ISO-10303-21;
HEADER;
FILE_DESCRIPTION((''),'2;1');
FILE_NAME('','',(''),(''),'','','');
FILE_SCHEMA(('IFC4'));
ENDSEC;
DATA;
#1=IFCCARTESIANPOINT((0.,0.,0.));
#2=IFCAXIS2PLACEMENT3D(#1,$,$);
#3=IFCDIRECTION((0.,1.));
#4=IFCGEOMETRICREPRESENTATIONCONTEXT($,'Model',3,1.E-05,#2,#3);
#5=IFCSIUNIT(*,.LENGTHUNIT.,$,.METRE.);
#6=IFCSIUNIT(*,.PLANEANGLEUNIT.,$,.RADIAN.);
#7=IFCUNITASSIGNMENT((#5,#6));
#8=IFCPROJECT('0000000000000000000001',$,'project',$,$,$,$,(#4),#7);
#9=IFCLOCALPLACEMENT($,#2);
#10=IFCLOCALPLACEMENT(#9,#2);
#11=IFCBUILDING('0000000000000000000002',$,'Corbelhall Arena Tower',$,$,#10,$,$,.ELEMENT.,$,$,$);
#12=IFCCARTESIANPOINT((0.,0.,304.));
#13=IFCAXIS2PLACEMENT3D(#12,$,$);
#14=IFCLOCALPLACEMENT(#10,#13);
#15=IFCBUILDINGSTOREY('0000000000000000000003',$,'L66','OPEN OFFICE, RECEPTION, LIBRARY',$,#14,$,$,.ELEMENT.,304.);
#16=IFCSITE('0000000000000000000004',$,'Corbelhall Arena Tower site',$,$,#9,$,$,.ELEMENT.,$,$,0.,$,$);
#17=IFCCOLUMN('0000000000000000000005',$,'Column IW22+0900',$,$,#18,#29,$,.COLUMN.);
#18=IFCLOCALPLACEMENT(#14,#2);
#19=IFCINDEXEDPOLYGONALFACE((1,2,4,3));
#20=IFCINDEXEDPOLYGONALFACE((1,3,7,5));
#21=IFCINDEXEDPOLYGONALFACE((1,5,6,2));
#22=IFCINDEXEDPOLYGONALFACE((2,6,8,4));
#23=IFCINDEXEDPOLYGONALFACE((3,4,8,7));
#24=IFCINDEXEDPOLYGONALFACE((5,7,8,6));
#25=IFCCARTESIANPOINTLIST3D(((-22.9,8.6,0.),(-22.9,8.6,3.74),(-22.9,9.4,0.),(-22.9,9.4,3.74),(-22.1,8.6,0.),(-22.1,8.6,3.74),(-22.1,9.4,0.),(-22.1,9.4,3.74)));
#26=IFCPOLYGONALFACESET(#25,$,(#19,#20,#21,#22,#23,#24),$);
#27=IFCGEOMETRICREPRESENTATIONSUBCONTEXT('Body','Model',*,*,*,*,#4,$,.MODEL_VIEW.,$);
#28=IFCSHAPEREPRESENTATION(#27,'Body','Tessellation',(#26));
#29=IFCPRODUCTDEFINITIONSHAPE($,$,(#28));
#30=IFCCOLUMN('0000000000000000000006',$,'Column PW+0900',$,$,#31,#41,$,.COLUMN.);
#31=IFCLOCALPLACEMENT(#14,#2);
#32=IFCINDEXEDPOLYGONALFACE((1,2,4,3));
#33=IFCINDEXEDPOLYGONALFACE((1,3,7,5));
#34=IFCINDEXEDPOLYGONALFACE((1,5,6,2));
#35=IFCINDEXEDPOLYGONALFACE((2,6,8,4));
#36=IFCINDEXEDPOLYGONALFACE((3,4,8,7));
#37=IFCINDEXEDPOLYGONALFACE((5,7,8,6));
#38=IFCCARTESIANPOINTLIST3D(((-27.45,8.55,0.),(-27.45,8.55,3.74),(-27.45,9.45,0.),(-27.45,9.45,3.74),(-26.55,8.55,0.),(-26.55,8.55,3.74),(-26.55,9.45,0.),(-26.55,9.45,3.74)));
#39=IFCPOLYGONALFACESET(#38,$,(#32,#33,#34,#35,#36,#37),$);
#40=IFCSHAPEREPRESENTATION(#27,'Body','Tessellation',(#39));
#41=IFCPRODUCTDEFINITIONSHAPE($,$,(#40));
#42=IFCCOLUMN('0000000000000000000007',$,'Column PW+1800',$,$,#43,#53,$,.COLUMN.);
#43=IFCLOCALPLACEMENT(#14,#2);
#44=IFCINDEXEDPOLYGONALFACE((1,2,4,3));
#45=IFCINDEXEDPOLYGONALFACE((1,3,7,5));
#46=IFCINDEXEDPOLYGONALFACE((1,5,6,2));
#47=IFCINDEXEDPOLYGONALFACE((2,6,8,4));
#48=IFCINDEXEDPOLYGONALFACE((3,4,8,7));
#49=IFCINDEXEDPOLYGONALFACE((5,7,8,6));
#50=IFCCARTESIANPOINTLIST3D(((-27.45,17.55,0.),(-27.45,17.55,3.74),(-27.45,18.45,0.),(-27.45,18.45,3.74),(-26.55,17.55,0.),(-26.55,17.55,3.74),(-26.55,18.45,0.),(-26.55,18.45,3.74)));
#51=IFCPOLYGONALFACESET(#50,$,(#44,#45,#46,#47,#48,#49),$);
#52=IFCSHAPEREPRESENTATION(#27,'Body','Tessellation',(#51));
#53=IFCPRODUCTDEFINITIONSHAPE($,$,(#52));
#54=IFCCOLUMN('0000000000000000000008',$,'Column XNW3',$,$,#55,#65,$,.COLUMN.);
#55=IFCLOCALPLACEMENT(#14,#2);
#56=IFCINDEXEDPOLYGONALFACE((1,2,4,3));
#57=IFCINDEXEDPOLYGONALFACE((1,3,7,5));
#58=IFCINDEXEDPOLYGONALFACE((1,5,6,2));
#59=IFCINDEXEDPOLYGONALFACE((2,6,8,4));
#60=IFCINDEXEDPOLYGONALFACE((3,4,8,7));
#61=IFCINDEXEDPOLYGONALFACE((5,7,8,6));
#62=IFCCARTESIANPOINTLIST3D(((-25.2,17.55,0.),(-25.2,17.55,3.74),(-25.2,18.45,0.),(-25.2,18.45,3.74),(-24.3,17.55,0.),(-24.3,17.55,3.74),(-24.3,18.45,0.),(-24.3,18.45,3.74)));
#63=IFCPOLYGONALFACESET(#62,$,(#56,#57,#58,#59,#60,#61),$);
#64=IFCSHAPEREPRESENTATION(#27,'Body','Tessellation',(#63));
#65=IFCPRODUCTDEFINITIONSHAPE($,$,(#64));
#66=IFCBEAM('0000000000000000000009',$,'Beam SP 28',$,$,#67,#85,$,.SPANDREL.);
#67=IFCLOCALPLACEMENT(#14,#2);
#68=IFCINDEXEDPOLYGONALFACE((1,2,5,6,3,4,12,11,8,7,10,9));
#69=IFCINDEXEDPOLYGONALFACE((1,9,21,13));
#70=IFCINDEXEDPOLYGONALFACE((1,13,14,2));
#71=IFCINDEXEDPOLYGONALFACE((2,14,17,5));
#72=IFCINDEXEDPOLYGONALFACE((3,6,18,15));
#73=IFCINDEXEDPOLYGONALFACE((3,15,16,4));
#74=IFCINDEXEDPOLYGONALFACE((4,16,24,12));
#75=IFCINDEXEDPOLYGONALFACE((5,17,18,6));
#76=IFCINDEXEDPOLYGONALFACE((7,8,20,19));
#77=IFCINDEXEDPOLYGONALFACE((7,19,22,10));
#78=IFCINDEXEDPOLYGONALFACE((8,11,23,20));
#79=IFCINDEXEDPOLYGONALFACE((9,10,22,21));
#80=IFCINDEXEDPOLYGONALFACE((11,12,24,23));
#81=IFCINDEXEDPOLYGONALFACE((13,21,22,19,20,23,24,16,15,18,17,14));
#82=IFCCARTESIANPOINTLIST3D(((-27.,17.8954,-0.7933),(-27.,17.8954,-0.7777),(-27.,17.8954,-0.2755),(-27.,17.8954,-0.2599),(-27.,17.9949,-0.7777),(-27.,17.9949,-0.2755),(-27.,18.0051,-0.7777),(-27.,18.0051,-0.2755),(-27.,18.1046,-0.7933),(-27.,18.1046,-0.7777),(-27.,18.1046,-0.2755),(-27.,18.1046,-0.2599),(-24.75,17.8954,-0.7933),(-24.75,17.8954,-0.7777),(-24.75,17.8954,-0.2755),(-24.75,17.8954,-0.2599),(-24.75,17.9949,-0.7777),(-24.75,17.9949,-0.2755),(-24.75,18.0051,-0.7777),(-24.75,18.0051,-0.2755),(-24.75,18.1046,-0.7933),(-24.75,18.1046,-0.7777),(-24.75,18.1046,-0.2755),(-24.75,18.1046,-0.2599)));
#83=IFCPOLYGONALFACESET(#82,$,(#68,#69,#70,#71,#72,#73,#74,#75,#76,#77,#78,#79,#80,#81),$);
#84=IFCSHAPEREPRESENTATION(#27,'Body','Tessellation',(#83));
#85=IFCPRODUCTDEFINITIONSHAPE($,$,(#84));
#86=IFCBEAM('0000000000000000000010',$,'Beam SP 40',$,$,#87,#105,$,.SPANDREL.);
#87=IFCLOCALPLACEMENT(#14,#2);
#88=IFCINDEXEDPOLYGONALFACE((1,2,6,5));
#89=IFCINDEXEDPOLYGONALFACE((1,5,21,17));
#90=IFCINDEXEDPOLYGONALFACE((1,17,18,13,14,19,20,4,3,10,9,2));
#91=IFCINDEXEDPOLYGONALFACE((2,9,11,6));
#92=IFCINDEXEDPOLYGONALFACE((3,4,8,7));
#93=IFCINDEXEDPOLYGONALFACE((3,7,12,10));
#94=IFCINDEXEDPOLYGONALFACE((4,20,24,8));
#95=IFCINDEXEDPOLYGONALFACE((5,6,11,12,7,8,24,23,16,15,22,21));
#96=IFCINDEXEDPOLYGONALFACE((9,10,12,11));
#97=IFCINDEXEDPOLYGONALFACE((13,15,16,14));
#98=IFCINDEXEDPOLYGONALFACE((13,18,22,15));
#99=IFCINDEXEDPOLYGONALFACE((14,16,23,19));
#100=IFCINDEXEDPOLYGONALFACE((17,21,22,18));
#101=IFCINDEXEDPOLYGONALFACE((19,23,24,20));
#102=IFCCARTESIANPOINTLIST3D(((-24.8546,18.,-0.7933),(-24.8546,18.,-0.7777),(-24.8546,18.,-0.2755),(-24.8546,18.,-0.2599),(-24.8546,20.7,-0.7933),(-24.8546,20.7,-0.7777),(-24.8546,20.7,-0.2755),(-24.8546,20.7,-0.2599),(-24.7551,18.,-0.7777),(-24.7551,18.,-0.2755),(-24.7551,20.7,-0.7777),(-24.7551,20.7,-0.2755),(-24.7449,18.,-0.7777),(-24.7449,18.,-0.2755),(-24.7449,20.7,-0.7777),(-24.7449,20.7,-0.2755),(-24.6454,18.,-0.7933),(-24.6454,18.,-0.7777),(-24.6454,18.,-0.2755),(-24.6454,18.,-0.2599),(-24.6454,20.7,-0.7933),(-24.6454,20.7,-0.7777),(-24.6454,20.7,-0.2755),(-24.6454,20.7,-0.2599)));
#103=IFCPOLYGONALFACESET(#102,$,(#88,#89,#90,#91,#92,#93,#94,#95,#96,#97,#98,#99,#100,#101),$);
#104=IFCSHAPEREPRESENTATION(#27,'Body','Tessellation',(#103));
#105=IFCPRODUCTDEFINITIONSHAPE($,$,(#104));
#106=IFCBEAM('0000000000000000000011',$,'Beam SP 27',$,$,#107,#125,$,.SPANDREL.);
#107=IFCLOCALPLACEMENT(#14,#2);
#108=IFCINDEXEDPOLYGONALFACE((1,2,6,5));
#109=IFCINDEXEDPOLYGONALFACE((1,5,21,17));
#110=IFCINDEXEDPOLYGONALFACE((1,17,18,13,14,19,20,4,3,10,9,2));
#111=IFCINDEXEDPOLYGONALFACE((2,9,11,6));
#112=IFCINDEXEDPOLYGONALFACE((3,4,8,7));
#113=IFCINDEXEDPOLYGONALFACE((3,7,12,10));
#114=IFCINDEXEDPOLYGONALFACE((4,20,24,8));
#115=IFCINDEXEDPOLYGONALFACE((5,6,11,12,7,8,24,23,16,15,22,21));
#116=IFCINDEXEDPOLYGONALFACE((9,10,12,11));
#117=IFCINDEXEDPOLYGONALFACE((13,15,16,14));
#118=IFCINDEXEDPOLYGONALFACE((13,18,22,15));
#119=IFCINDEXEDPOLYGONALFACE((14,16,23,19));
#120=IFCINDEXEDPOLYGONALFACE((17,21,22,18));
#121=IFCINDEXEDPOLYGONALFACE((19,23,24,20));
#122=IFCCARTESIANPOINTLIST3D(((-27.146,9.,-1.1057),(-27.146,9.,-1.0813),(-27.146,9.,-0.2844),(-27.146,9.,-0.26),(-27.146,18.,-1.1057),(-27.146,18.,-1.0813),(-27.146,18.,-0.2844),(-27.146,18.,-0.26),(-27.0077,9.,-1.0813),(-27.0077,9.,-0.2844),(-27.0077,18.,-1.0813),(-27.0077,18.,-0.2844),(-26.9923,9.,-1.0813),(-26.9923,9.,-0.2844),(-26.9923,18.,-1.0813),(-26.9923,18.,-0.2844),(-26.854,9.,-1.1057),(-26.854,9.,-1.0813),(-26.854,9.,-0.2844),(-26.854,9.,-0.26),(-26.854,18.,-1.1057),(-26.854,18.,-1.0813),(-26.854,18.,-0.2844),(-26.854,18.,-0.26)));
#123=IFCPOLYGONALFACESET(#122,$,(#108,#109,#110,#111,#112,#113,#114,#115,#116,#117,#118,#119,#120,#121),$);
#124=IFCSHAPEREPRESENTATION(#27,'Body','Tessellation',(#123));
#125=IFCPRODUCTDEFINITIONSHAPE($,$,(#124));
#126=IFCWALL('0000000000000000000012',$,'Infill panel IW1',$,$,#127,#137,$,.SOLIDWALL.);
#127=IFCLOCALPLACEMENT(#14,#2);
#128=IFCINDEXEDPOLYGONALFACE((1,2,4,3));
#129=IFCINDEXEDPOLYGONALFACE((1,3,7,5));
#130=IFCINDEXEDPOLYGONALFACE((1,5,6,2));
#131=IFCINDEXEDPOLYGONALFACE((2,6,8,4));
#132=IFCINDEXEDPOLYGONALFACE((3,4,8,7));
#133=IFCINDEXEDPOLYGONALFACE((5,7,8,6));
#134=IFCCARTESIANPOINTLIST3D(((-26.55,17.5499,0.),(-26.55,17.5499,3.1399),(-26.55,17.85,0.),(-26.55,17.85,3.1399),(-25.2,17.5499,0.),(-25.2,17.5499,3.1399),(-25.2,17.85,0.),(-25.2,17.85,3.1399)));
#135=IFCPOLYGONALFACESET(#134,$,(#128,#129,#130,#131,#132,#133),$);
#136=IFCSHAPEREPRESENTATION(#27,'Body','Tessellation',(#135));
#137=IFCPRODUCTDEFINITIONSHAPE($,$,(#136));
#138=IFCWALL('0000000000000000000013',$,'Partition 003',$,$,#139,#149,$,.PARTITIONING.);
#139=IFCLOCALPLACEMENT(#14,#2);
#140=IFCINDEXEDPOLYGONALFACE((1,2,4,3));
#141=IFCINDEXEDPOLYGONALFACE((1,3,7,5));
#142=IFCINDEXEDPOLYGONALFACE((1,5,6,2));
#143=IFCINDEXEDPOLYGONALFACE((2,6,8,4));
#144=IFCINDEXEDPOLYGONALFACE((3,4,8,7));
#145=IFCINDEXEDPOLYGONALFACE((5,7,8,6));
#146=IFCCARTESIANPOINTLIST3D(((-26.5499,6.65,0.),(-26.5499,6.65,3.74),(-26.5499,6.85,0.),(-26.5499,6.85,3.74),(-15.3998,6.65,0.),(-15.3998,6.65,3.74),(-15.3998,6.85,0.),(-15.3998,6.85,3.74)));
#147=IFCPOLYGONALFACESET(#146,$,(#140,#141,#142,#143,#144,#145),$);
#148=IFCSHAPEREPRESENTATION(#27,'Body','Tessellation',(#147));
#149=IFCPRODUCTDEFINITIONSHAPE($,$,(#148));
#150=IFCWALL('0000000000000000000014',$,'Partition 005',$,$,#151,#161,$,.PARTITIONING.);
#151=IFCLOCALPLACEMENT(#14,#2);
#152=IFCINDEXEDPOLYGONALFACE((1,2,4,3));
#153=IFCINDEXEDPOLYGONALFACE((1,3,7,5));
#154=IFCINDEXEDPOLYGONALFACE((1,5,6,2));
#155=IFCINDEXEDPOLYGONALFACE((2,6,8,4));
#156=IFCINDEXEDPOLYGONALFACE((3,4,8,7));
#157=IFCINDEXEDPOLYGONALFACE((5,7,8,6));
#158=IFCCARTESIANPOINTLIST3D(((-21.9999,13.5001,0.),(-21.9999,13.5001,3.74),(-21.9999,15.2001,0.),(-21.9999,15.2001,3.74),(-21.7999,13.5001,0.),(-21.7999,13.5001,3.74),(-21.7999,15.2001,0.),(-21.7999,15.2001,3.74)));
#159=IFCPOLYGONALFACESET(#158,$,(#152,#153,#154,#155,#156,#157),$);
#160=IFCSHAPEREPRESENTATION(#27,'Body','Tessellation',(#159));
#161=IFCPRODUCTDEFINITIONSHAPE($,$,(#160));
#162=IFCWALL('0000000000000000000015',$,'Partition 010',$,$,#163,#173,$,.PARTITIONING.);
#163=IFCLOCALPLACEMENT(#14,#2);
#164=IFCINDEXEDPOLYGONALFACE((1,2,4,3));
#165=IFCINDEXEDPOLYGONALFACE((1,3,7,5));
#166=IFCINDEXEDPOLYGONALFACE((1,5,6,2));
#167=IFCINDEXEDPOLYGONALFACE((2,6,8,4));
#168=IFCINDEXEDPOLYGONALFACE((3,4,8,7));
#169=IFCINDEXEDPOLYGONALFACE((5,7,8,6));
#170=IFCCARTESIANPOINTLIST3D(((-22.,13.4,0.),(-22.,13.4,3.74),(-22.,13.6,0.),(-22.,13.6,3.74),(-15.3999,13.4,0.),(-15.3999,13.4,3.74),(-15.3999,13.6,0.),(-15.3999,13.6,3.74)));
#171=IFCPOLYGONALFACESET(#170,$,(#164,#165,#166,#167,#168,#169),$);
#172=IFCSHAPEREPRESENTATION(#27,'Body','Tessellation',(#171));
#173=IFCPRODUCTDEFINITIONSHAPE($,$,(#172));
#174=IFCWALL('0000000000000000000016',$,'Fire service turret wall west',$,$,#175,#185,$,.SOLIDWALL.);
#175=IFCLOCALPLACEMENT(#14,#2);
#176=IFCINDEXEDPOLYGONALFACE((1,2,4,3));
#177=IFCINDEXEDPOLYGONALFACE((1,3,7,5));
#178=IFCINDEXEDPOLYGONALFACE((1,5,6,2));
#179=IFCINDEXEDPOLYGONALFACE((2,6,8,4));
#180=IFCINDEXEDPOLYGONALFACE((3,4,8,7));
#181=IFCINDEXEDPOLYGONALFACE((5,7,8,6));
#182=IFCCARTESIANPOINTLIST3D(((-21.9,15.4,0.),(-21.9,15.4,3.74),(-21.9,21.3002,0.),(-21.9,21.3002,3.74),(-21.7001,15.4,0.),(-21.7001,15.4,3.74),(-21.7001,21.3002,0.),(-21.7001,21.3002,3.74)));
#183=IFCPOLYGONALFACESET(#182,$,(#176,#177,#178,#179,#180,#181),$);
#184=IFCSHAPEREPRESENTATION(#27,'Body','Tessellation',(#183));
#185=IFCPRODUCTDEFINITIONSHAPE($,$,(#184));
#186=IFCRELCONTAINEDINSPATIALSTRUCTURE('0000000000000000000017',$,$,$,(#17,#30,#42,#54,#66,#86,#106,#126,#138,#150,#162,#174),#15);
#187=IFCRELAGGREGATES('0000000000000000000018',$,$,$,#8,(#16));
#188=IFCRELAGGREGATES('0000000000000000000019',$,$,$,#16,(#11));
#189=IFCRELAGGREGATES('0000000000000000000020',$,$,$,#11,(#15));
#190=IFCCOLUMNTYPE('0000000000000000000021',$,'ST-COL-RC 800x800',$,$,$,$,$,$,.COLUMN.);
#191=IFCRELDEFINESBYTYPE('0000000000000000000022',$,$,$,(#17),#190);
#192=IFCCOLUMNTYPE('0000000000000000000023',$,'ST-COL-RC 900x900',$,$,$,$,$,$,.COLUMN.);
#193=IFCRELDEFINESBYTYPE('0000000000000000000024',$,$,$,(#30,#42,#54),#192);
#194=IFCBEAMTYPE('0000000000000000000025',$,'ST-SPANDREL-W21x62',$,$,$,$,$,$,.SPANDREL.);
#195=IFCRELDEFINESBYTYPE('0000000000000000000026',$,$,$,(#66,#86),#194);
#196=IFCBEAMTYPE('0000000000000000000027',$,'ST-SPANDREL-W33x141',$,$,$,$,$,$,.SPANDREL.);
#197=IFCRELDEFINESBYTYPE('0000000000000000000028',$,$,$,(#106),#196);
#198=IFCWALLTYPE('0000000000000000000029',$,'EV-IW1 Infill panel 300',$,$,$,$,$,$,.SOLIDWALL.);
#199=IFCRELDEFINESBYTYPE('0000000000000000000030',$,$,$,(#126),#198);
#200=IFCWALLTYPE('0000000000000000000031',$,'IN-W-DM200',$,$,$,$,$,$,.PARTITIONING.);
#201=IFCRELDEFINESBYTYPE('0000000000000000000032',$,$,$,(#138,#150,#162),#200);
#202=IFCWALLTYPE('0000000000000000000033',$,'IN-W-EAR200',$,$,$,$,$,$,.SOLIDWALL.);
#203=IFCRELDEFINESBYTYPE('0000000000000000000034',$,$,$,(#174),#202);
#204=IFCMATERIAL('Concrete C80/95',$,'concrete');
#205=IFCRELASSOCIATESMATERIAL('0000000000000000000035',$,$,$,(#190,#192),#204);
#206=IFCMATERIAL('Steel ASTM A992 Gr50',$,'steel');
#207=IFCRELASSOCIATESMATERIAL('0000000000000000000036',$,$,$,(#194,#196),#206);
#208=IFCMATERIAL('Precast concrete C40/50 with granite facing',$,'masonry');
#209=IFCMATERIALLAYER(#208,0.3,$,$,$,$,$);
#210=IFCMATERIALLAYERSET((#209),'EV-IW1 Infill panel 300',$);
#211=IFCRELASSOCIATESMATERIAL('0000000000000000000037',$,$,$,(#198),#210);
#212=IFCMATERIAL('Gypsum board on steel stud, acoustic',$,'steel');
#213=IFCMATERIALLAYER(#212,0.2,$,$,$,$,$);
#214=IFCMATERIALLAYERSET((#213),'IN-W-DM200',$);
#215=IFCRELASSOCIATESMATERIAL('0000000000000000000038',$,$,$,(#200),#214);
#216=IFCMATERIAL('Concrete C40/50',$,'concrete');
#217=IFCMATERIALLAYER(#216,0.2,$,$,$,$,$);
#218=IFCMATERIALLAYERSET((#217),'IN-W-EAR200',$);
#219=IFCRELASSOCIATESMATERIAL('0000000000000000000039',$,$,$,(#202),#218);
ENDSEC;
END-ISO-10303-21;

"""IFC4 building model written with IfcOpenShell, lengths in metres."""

from ifc_helpers import new_model, si_unit, direction, frame, frame_2d, origin, origin_2d, place, context, subcontext, project, spatial, rectangle, i_section, extrude, material, layer, layer_set, material_profile, profile_set, type_object, element, save


model = new_model("IFC4")

# Units and contexts
model_context = context("Model", 3, precision=1e-05, world=origin(), true_north=direction((0.0, 1.0)))
body_context = subcontext(model_context, "Body", "Model", "MODEL_VIEW")
ifc_project = project(units=[si_unit("LENGTHUNIT", "METRE"), si_unit("PLANEANGLEUNIT", "RADIAN")], contexts=[model_context])

# Site, building, storey
site_placement = place(None, origin())
site = spatial("IfcSite", under=ifc_project, at=site_placement, Name="Corbelhall Arena Tower site", CompositionType="ELEMENT", RefElevation=0.0)
building_placement = place(site_placement, origin())
building = spatial("IfcBuilding", under=site, at=building_placement, Name="Corbelhall Arena Tower", CompositionType="ELEMENT")
storey_placement = place(building_placement, frame((0.0, 0.0, 304.0)))
storey = spatial("IfcBuildingStorey", under=building, at=storey_placement, Name="L66", Description="OPEN OFFICE, RECEPTION, LIBRARY", CompositionType="ELEMENT", Elevation=304.0)

# Columns
ifc_material_1 = material(Name="Concrete C80/95", Category="concrete")
ifc_material_profile_1 = material_profile(ifc_material_1, rectangle(XDim=0.8, YDim=0.8, at=origin_2d()))
ifc_profile_set_1 = profile_set([ifc_material_profile_1], Name="Concrete C80/95")
column_type_1 = type_object("IfcColumnType", Name="ST-COL-RC 800x800", PredefinedType="COLUMN", material=ifc_profile_set_1)
column_placement = place(storey_placement, frame((-22.5, 9.0, 0.0), z_axis=(0.0, 0.0, 1.0), x_axis=(1.0, 0.0, 0.0)))
element("IfcColumn", 1, at=column_placement, inside=storey, type_object=column_type_1, Name="Column IW22+0900", PredefinedType="COLUMN", context=body_context, shape_type="SweptSolid", body=[
    extrude(rectangle(XDim=0.8, YDim=0.8, at=origin_2d()), origin(), (0.0, 0.0, 1.0), 3.74),
])
ifc_material_profile_2 = material_profile(ifc_material_1, rectangle(XDim=0.8999, YDim=0.8999, at=origin_2d()))
ifc_profile_set_2 = profile_set([ifc_material_profile_2], Name="Concrete C80/95")
column_type_2 = type_object("IfcColumnType", Name="ST-COL-RC 900x900", PredefinedType="COLUMN", material=ifc_profile_set_2)
for number, where, z_axis, x_axis, name in (
    (2, (-27.0, 9.0, 0.0), (0.0, 0.0, 1.0), (0.0, 1.0, 0.0), "Column PW+0900"),
    (3, (-27.0, 18.0, 0.0), (0.0, 0.0, 1.0), (0.0, 1.0, 0.0), "Column PW+1800"),
    (4, (-24.75, 18.0, 0.0), (0.0, 0.0, 1.0), (1.0, 0.0, 0.0), "Column XNW3"),
):
    element("IfcColumn", number, at=place(storey_placement, frame(where, z_axis=z_axis, x_axis=x_axis)), inside=storey, type_object=column_type_2, Name=name, PredefinedType="COLUMN", context=body_context, shape_type="SweptSolid", body=[
        extrude(rectangle(XDim=0.8999, YDim=0.8999, at=origin_2d()), origin(), (0.0, 0.0, 1.0), 3.74),
    ])

# Beams
ifc_material_2 = material(Name="Steel ASTM A992 Gr50", Category="steel")
ifc_material_profile_3 = material_profile(ifc_material_2, i_section(OverallWidth=0.2092, OverallDepth=0.5334, WebThickness=0.0103, FlangeThickness=0.0156, at=origin_2d()))
ifc_profile_set_3 = profile_set([ifc_material_profile_3], Name="Steel ASTM A992 Gr50")
beam_type_1 = type_object("IfcBeamType", Name="ST-SPANDREL-W21x62", PredefinedType="SPANDREL", material=ifc_profile_set_3)
beam_1_placement = place(storey_placement, frame((-27.0, 18.0, -0.5266), z_axis=(1.0, 0.0, 0.0), x_axis=(0.0, 1.0, 0.0)))
element("IfcBeam", 5, at=beam_1_placement, inside=storey, type_object=beam_type_1, Name="Beam SP 28", PredefinedType="SPANDREL", context=body_context, shape_type="SweptSolid", body=[
    extrude(i_section(OverallWidth=0.2092, OverallDepth=0.5334, WebThickness=0.0103, FlangeThickness=0.0156, at=origin_2d()), origin(), (0.0, 0.0, 1.0), 2.25),
])
beam_2_placement = place(storey_placement, frame((-24.75, 18.0, -0.5266), z_axis=(0.0, 1.0, 0.0), x_axis=(-1.0, 0.0, 0.0)))
element("IfcBeam", 6, at=beam_2_placement, inside=storey, type_object=beam_type_1, Name="Beam SP 40", PredefinedType="SPANDREL", context=body_context, shape_type="SweptSolid", body=[
    extrude(i_section(OverallWidth=0.2092, OverallDepth=0.5334, WebThickness=0.0103, FlangeThickness=0.0156, at=origin_2d()), origin(), (0.0, 0.0, 1.0), 2.7),
])
ifc_material_profile_4 = material_profile(ifc_material_2, i_section(OverallWidth=0.292, OverallDepth=0.8457, WebThickness=0.0154, FlangeThickness=0.0244, at=origin_2d()))
ifc_profile_set_4 = profile_set([ifc_material_profile_4], Name="Steel ASTM A992 Gr50")
beam_type_2 = type_object("IfcBeamType", Name="ST-SPANDREL-W33x141", PredefinedType="SPANDREL", material=ifc_profile_set_4)
beam_3_placement = place(storey_placement, frame((-27.0, 9.0, -0.6829), z_axis=(0.0, 1.0, 0.0), x_axis=(-1.0, 0.0, 0.0)))
element("IfcBeam", 7, at=beam_3_placement, inside=storey, type_object=beam_type_2, Name="Beam SP 27", PredefinedType="SPANDREL", context=body_context, shape_type="SweptSolid", body=[
    extrude(i_section(OverallWidth=0.292, OverallDepth=0.8457, WebThickness=0.0154, FlangeThickness=0.0244, at=origin_2d()), origin(), (0.0, 0.0, 1.0), 9.0),
])

# Wall
ifc_material_3 = material(Name="Precast concrete C40/50 with granite facing", Category="masonry")
ifc_layer_1 = layer(ifc_material_3, 0.3)
ifc_layer_set_1 = layer_set([ifc_layer_1], Name="EV-IW1 Infill panel 300")
wall_type_1 = type_object("IfcWallType", Name="EV-IW1 Infill panel 300", PredefinedType="SOLIDWALL", material=ifc_layer_set_1)
wall_1_placement = place(storey_placement, frame((-25.2, 17.7, 0.0), z_axis=(0.0, 0.0, 1.0), x_axis=(-1.0, 0.0, 0.0)))
element("IfcWall", 8, at=wall_1_placement, inside=storey, type_object=wall_type_1, Name="Infill panel IW1", PredefinedType="SOLIDWALL", context=body_context, shape_type="SweptSolid", body=[
    extrude(rectangle(XDim=1.3501, YDim=0.3, at=frame_2d((0.675, 0.0))), origin(), (0.0, 0.0, 1.0), 3.1399),
])

# Walls
ifc_material_4 = material(Name="Gypsum board on steel stud, acoustic", Category="steel")
ifc_layer_2 = layer(ifc_material_4, 0.2)
ifc_layer_set_2 = layer_set([ifc_layer_2], Name="IN-W-DM200")
wall_type_2 = type_object("IfcWallType", Name="IN-W-DM200", PredefinedType="PARTITIONING", material=ifc_layer_set_2)
wall_2_placement = place(storey_placement, frame((-26.55, 6.75, 0.0), z_axis=(0.0, 0.0, 1.0), x_axis=(1.0, 0.0, 0.0)))
element("IfcWall", 9, at=wall_2_placement, inside=storey, type_object=wall_type_2, Name="Partition 003", PredefinedType="PARTITIONING", context=body_context, shape_type="SweptSolid", body=[
    extrude(rectangle(XDim=11.1501, YDim=0.2, at=frame_2d((5.5752, 0.0))), origin(), (0.0, 0.0, 1.0), 3.74),
])
wall_3_placement = place(storey_placement, frame((-21.8999, 13.5, 0.0), z_axis=(0.0, 0.0, 1.0), x_axis=(0.0, 1.0, 0.0)))
element("IfcWall", 10, at=wall_3_placement, inside=storey, type_object=wall_type_2, Name="Partition 005", PredefinedType="PARTITIONING", context=body_context, shape_type="SweptSolid", body=[
    extrude(rectangle(XDim=1.7, YDim=0.2, at=frame_2d((0.8501, 0.0))), origin(), (0.0, 0.0, 1.0), 3.74),
])
wall_4_placement = place(storey_placement, frame((-15.3999, 13.5, 0.0), z_axis=(0.0, 0.0, 1.0), x_axis=(-1.0, 0.0, 0.0)))
element("IfcWall", 11, at=wall_4_placement, inside=storey, type_object=wall_type_2, Name="Partition 010", PredefinedType="PARTITIONING", context=body_context, shape_type="SweptSolid", body=[
    extrude(rectangle(XDim=6.6001, YDim=0.2, at=frame_2d((3.3, 0.0))), origin(), (0.0, 0.0, 1.0), 3.74),
])

# Shared definitions
ifc_material_5 = material(Name="Concrete C40/50", Category="concrete")
ifc_layer_3 = layer(ifc_material_5, 0.2)
ifc_layer_set_3 = layer_set([ifc_layer_3], Name="IN-W-EAR200")
wall_type_3 = type_object("IfcWallType", Name="IN-W-EAR200", PredefinedType="SOLIDWALL", material=ifc_layer_set_3)

# Wall
for number, where, z_axis, x_axis, name in (
    (12, (-21.8, 15.3999, 0.0), (0.0, 0.0, 1.0), (0.0, 1.0, 0.0), "Fire service turret wall west"),
):
    element("IfcWall", number, at=place(storey_placement, frame(where, z_axis=z_axis, x_axis=x_axis)), inside=storey, type_object=wall_type_3, Name=name, PredefinedType="SOLIDWALL", context=body_context, shape_type="SweptSolid", body=[
        extrude(rectangle(XDim=5.9001, YDim=0.2, at=frame_2d((2.9502, 0.0))), origin(), (0.0, 0.0, 1.0), 3.74),
    ])

save(model, "model.ifc")
